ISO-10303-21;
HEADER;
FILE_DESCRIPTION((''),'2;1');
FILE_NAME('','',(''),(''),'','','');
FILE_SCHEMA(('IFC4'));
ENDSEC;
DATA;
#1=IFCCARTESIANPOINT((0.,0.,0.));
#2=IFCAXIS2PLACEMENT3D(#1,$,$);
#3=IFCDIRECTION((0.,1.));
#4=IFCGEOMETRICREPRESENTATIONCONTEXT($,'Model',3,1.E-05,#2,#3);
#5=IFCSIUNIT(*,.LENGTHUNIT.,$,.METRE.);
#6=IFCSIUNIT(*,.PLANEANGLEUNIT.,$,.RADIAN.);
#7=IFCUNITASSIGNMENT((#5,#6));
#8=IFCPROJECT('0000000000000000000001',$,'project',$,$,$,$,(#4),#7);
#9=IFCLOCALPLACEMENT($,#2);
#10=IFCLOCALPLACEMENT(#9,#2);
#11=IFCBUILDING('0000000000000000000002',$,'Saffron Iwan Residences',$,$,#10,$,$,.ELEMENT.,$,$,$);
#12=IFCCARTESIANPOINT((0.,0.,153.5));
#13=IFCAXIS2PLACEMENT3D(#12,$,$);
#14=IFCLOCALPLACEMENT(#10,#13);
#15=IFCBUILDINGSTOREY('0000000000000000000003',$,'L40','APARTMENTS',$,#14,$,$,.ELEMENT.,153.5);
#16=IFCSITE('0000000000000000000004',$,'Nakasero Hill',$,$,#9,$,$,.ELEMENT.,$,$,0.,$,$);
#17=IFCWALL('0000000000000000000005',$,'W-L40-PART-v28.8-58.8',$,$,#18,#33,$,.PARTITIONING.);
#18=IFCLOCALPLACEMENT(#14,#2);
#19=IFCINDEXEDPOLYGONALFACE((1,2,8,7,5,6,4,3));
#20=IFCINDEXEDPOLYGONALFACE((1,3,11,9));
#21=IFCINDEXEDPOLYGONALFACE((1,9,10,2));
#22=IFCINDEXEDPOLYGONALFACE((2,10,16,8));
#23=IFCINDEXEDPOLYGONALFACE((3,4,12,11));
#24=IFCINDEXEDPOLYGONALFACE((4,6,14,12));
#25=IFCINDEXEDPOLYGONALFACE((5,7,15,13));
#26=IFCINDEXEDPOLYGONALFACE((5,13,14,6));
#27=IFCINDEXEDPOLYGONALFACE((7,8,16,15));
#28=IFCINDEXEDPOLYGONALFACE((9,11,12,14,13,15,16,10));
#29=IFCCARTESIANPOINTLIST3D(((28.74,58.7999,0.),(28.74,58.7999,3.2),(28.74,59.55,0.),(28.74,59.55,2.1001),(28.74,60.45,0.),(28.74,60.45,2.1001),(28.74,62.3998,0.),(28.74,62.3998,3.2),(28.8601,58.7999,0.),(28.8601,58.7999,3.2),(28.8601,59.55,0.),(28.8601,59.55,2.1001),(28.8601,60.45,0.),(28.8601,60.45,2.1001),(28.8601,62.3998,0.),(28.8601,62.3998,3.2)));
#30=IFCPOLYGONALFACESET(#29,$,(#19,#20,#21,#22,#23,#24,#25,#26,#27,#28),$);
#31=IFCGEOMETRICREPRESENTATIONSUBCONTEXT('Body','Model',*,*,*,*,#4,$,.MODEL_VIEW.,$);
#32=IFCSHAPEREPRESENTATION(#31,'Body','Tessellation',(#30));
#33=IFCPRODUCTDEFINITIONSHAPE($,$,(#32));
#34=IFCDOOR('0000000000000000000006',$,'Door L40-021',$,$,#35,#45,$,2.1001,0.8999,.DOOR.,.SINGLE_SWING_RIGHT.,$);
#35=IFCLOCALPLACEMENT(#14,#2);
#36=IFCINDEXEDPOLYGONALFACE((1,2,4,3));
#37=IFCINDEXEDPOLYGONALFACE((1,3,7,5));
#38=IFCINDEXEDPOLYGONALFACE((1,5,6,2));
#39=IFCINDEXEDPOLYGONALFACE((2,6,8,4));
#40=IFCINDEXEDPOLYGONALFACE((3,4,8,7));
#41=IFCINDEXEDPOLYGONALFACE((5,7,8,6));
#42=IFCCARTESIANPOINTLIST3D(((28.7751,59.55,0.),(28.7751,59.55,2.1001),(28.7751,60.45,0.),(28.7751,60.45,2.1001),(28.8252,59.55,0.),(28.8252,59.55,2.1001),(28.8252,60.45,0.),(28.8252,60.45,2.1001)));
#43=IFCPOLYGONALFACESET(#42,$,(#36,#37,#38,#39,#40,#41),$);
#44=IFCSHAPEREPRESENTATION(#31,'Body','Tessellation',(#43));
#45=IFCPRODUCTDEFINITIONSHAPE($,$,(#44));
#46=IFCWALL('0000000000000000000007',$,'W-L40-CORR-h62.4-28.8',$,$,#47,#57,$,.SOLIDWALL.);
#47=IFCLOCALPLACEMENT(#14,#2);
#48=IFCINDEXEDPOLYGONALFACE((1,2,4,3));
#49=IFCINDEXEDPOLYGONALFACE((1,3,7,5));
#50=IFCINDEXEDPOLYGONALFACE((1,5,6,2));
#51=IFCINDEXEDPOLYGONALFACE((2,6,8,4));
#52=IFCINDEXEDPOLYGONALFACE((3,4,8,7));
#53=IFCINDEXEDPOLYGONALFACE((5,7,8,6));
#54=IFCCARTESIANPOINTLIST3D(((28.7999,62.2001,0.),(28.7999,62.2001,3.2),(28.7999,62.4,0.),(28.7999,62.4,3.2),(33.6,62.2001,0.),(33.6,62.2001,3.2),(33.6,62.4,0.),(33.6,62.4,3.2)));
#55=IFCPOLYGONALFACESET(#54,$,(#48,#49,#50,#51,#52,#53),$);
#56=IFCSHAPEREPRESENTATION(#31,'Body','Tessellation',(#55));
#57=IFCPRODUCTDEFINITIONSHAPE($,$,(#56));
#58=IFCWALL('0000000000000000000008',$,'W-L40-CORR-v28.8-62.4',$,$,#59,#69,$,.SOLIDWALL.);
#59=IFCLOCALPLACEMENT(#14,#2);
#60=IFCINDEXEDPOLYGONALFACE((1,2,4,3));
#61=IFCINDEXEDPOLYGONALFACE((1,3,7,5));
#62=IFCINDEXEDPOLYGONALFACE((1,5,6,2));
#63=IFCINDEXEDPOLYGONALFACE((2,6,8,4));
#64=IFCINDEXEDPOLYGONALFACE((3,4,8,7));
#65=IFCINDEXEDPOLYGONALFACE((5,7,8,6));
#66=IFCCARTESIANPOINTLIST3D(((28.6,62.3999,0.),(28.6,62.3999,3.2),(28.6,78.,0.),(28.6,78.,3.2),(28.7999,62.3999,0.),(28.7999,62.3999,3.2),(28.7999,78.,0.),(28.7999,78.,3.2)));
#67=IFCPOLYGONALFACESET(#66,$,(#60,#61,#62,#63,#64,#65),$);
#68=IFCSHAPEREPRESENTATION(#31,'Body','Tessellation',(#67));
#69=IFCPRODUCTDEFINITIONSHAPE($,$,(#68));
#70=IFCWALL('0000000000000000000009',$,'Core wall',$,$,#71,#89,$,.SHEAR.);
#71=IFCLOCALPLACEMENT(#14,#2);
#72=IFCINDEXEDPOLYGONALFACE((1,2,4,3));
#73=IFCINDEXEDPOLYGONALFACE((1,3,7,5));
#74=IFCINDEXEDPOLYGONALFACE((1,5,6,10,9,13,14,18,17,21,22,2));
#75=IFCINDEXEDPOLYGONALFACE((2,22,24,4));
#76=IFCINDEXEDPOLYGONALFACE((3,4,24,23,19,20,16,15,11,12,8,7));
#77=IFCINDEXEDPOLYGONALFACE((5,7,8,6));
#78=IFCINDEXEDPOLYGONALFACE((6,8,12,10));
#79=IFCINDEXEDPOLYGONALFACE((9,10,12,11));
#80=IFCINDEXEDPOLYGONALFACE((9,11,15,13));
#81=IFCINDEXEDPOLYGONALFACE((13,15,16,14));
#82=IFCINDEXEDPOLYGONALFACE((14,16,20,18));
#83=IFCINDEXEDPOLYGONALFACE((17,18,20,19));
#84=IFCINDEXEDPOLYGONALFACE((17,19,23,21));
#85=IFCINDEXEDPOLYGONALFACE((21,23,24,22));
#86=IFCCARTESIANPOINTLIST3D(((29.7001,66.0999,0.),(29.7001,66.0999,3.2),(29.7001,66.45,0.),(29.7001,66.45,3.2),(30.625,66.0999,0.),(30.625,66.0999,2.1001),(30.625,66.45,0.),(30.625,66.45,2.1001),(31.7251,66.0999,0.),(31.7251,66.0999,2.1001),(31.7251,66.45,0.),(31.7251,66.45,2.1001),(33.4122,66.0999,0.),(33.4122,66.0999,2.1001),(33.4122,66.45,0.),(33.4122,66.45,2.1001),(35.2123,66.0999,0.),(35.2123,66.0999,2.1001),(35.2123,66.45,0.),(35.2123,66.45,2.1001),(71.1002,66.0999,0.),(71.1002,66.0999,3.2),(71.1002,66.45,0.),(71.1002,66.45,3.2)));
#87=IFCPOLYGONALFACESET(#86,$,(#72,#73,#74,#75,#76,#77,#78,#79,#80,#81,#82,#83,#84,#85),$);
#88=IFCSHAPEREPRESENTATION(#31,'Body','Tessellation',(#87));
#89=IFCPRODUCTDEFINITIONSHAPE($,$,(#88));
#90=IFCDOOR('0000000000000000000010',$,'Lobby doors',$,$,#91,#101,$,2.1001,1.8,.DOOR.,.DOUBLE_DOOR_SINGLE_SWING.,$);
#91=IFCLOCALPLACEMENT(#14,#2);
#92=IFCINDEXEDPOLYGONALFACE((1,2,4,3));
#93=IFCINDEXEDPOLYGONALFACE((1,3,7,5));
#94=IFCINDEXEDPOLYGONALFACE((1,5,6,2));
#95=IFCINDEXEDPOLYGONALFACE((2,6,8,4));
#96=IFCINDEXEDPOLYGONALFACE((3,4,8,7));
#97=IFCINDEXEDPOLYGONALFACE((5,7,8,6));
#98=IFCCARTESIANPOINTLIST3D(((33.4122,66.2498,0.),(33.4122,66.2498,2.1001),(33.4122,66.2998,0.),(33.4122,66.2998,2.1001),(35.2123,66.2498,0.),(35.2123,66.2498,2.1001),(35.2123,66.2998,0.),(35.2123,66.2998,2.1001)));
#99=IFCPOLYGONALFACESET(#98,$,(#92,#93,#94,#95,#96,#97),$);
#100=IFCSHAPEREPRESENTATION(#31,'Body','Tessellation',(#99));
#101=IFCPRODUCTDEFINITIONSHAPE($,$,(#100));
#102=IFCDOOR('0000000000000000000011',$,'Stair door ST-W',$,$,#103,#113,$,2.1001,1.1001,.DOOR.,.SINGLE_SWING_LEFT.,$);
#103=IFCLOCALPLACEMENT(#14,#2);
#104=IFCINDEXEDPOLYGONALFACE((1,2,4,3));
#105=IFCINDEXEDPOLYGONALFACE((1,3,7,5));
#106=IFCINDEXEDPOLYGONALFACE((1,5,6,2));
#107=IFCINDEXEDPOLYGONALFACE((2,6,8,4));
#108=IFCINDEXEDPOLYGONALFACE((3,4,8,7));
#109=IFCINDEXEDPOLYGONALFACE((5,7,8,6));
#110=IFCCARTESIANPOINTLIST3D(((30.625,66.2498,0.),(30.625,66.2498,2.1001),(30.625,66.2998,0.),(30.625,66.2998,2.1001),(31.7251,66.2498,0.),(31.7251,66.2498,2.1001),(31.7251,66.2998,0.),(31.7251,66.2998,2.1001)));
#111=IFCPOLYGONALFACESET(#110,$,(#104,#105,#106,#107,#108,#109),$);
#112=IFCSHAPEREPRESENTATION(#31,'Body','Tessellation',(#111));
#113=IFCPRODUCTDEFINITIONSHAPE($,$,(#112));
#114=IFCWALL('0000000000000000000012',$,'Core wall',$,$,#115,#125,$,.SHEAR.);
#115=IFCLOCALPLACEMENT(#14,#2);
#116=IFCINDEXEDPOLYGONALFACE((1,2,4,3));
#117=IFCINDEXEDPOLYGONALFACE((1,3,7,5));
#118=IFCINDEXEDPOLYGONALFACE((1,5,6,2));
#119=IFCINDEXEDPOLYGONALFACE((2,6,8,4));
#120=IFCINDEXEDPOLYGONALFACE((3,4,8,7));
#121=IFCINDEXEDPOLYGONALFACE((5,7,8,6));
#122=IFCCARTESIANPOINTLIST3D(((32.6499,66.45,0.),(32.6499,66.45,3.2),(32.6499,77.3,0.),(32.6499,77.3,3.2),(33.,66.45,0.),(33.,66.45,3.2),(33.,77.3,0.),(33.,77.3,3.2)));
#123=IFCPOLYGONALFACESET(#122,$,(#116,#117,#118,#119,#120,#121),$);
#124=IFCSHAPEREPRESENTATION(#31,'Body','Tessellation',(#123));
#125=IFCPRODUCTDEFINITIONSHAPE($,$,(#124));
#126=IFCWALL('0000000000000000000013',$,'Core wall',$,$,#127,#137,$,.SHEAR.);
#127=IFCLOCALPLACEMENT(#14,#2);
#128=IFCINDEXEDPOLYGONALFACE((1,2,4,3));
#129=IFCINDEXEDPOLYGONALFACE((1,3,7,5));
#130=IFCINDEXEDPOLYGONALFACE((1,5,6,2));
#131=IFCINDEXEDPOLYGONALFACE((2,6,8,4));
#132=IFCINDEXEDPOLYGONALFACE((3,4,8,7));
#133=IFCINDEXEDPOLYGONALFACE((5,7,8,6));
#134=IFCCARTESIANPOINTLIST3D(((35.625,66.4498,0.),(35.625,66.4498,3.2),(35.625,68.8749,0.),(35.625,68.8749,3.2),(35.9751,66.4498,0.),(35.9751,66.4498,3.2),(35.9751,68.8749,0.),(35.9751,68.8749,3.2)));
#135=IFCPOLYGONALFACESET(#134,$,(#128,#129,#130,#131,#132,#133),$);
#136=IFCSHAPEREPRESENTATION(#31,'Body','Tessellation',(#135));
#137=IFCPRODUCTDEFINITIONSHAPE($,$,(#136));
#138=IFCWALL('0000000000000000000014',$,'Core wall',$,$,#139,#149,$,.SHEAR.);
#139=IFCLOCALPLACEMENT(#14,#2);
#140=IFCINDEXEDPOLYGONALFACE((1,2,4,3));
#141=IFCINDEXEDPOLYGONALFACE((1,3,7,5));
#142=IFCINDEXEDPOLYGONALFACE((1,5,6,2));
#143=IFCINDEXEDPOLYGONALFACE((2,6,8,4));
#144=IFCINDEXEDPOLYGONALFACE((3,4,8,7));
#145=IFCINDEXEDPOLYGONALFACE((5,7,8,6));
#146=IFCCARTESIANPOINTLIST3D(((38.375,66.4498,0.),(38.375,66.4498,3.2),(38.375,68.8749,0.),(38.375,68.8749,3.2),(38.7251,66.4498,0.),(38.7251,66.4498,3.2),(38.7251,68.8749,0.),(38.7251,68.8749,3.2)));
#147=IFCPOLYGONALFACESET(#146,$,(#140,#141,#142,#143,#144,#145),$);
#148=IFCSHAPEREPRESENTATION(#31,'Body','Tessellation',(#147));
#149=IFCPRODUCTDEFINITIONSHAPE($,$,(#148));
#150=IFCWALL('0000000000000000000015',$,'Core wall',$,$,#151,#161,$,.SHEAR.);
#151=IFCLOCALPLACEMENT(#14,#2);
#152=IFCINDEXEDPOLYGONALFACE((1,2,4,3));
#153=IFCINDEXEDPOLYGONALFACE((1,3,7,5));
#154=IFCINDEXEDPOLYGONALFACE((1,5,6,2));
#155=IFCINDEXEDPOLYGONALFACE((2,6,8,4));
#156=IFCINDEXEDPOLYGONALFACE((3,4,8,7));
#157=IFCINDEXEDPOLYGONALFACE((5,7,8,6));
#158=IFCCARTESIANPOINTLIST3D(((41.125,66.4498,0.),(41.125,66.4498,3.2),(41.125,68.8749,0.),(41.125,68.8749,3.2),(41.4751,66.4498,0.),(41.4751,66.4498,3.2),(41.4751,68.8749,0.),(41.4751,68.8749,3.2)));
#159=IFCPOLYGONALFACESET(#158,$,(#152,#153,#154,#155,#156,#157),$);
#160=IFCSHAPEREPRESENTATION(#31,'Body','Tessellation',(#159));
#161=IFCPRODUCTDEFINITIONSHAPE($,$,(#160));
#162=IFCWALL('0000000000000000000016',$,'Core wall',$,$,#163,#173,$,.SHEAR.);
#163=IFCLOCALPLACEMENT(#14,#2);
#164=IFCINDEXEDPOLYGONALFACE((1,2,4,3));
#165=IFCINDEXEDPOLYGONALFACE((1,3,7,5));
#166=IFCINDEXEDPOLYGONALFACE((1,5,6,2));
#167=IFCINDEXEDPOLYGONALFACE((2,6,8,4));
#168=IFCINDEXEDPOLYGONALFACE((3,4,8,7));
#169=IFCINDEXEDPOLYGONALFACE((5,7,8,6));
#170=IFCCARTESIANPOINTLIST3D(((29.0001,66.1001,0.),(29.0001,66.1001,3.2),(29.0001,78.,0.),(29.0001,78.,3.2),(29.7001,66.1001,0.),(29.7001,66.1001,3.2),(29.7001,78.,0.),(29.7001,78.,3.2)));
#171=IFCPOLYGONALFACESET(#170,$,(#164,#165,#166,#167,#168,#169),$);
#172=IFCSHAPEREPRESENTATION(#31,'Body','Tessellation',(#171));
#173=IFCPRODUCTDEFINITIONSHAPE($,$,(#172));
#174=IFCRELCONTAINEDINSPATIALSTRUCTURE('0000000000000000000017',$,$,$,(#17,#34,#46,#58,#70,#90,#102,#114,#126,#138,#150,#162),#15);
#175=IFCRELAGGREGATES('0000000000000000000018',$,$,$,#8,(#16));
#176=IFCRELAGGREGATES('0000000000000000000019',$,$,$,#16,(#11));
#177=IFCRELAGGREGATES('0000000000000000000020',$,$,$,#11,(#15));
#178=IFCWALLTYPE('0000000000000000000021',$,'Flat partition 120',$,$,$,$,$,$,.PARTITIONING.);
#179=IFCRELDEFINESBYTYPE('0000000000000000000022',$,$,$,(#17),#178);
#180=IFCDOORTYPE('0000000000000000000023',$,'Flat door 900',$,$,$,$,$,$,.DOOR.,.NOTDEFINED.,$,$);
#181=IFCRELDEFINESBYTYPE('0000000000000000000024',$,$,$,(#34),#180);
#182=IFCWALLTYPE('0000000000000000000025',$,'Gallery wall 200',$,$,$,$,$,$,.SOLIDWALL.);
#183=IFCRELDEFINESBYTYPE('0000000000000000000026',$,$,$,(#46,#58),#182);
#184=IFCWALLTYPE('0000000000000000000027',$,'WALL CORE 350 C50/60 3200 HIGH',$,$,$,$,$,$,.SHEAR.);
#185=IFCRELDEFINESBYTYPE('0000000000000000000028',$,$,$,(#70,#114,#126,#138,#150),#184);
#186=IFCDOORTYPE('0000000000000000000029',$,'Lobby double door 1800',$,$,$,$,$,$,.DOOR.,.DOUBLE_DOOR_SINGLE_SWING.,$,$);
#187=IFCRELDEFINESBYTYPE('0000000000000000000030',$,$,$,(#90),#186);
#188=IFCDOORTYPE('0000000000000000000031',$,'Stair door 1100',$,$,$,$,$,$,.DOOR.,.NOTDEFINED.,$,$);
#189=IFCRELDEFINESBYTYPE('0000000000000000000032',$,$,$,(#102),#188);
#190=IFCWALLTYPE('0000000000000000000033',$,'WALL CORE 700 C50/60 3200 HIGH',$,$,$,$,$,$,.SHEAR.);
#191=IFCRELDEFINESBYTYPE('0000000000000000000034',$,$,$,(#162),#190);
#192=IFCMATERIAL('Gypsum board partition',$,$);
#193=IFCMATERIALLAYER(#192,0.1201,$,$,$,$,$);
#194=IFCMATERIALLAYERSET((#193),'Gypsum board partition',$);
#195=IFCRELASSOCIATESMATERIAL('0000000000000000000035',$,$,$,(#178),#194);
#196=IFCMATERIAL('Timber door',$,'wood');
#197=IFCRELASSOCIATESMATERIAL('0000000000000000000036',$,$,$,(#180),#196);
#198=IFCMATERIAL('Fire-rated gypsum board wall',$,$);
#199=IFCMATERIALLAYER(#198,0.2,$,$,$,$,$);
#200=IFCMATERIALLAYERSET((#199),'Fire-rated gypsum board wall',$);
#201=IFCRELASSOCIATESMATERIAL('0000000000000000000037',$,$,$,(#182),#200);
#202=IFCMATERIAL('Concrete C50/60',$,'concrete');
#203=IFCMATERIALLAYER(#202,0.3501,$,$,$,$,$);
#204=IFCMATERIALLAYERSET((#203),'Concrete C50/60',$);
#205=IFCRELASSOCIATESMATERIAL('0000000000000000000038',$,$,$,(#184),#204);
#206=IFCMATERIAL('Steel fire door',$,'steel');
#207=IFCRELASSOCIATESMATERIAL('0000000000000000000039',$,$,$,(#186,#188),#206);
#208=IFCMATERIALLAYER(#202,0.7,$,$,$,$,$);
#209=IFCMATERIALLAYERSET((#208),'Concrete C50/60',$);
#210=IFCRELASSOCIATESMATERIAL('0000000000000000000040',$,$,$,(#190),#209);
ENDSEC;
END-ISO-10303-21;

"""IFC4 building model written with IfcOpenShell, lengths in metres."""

from ifc_helpers import new_model, si_unit, direction, frame, frame_2d, origin, place, context, subcontext, project, spatial, rectangle, extrude, material, layer, layer_set, type_object, element, fill, save


model = new_model("IFC4")

# Units and contexts
model_context = context("Model", 3, precision=1e-05, world=origin(), true_north=direction((0.0, 1.0)))
body_context = subcontext(model_context, "Body", "Model", "MODEL_VIEW")
ifc_project = project(units=[si_unit("LENGTHUNIT", "METRE"), si_unit("PLANEANGLEUNIT", "RADIAN")], contexts=[model_context])

# Site, building, storey
site_placement = place(None, origin())
site = spatial("IfcSite", under=ifc_project, at=site_placement, Name="Nakasero Hill", CompositionType="ELEMENT", RefElevation=0.0)
building_placement = place(site_placement, origin())
building = spatial("IfcBuilding", under=site, at=building_placement, Name="Saffron Iwan Residences", CompositionType="ELEMENT")
storey_placement = place(building_placement, frame((0.0, 0.0, 153.5)))
storey = spatial("IfcBuildingStorey", under=building, at=storey_placement, Name="L40", Description="APARTMENTS", CompositionType="ELEMENT", Elevation=153.5)

# Shared definitions
ifc_material_1 = material(Name="Concrete C50/60", Category="concrete")

# Shared definitions
ifc_material_2 = material(Name="Steel fire door", Category="steel")

# Shared definitions
ifc_material_3 = material(Name="Fire-rated gypsum board wall")
ifc_material_4 = material(Name="Gypsum board partition")
ifc_layer_1 = layer(ifc_material_4, 0.1201)
ifc_layer_set_1 = layer_set([ifc_layer_1], Name="Gypsum board partition")
wall_type_1 = type_object("IfcWallType", Name="Flat partition 120", PredefinedType="PARTITIONING", material=ifc_layer_set_1)

# Wall, opening, door
wall_1_placement = place(storey_placement, frame((28.8, 58.8, 0.0), z_axis=(0.0, 0.0, 1.0), x_axis=(0.0, 1.0, 0.0)))
wall_1 = element("IfcWall", 1, at=wall_1_placement, inside=storey, type_object=wall_type_1, Name="W-L40-PART-v28.8-58.8", PredefinedType="PARTITIONING", context=body_context, shape_type="SweptSolid", body=[
    extrude(rectangle(XDim=3.5999, YDim=0.1201, at=frame_2d((1.7998, 0.0))), origin(), (0.0, 0.0, 1.0), 3.2),
])
opening_1_placement = place(wall_1_placement, frame((0.75, 0.0, 0.0)))
opening_1 = element("IfcOpeningElement", 2, at=opening_1_placement, cuts=wall_1, PredefinedType="OPENING", context=body_context, shape_type="SweptSolid", body=[
    extrude(rectangle(XDim=0.8999, YDim=2.1001, at=frame_2d((0.45, 1.05))), frame((0.0, 0.0701, 0.0), z_axis=(0.0, -1.0, 0.0), x_axis=(1.0, 0.0, 0.0)), (0.0, 0.0, 1.0), 0.1401),
])
ifc_material_5 = material(Name="Timber door", Category="wood")
door_type_1 = type_object("IfcDoorType", Name="Flat door 900", OperationType="NOTDEFINED", PredefinedType="DOOR", material=ifc_material_5)
door_1_placement = place(opening_1_placement, origin())
door_1 = element("IfcDoor", 3, at=door_1_placement, inside=storey, type_object=door_type_1, Name="Door L40-021", OperationType="SINGLE_SWING_RIGHT", OverallHeight=2.1001, OverallWidth=0.8999, PredefinedType="DOOR", context=body_context, shape_type="SweptSolid", body=[
    extrude(rectangle(XDim=0.8999, YDim=2.1001, at=frame_2d((0.45, 1.05))), frame((0.0, 0.0249, 0.0), z_axis=(0.0, -1.0, 0.0), x_axis=(1.0, 0.0, 0.0)), (0.0, 0.0, 1.0), 0.05),
])
fill(opening_1, door_1)

# Walls
ifc_layer_2 = layer(ifc_material_3, 0.2)
ifc_layer_set_2 = layer_set([ifc_layer_2], Name="Fire-rated gypsum board wall")
wall_type_2 = type_object("IfcWallType", Name="Gallery wall 200", PredefinedType="SOLIDWALL", material=ifc_layer_set_2)
wall_2_placement = place(storey_placement, frame((28.8, 62.3, 0.0), z_axis=(0.0, 0.0, 1.0), x_axis=(1.0, 0.0, 0.0)))
element("IfcWall", 4, at=wall_2_placement, inside=storey, type_object=wall_type_2, Name="W-L40-CORR-h62.4-28.8", PredefinedType="SOLIDWALL", context=body_context, shape_type="SweptSolid", body=[
    extrude(rectangle(XDim=4.8, YDim=0.2, at=frame_2d((2.3999, 0.0))), origin(), (0.0, 0.0, 1.0), 3.2),
])
wall_3_placement = place(storey_placement, frame((28.7, 62.3999, 0.0), z_axis=(0.0, 0.0, 1.0), x_axis=(0.0, 1.0, 0.0)))
element("IfcWall", 5, at=wall_3_placement, inside=storey, type_object=wall_type_2, Name="W-L40-CORR-v28.8-62.4", PredefinedType="SOLIDWALL", context=body_context, shape_type="SweptSolid", body=[
    extrude(rectangle(XDim=15.6001, YDim=0.2, at=frame_2d((7.8, 0.0))), origin(), (0.0, 0.0, 1.0), 3.2),
])

# Wall, openings, doors
ifc_layer_3 = layer(ifc_material_1, 0.3501)
ifc_layer_set_3 = layer_set([ifc_layer_3], Name="Concrete C50/60")
wall_type_3 = type_object("IfcWallType", Name="WALL CORE 350 C50/60 3200 HIGH", PredefinedType="SHEAR", material=ifc_layer_set_3)
wall_4_placement = place(storey_placement, frame((29.7, 66.2749, 0.0), z_axis=(0.0, 0.0, 1.0), x_axis=(1.0, 0.0, 0.0)))
wall_4 = element("IfcWall", 6, at=wall_4_placement, inside=storey, type_object=wall_type_3, Name="Core wall", PredefinedType="SHEAR", context=body_context, shape_type="SweptSolid", body=[
    extrude(rectangle(XDim=41.4001, YDim=0.3501, at=frame_2d((20.7002, 0.0))), origin(), (0.0, 0.0, 1.0), 3.2),
])
opening_2_placement = place(wall_4_placement, frame((0.925, 0.0, 0.0)))
opening_2 = element("IfcOpeningElement", 7, at=opening_2_placement, cuts=wall_4, PredefinedType="OPENING", context=body_context, shape_type="SweptSolid", body=[
    extrude(rectangle(XDim=1.1001, YDim=2.1001, at=frame_2d((0.55, 1.05))), frame((0.0, 0.1851, 0.0), z_axis=(0.0, -1.0, 0.0), x_axis=(1.0, 0.0, 0.0)), (0.0, 0.0, 1.0), 0.3701),
])
opening_3_placement = place(wall_4_placement, frame((3.7124, 0.0, 0.0)))
opening_3 = element("IfcOpeningElement", 8, at=opening_3_placement, cuts=wall_4, PredefinedType="OPENING", context=body_context, shape_type="SweptSolid", body=[
    extrude(rectangle(XDim=1.8, YDim=2.1001, at=frame_2d((0.8999, 1.05))), frame((0.0, 0.1851, 0.0), z_axis=(0.0, -1.0, 0.0), x_axis=(1.0, 0.0, 0.0)), (0.0, 0.0, 1.0), 0.3701),
])
door_type_2 = type_object("IfcDoorType", Name="Lobby double door 1800", OperationType="DOUBLE_DOOR_SINGLE_SWING", PredefinedType="DOOR", material=ifc_material_2)
door_2_placement = place(opening_3_placement, origin())
door_2 = element("IfcDoor", 9, at=door_2_placement, inside=storey, type_object=door_type_2, Name="Lobby doors", OperationType="DOUBLE_DOOR_SINGLE_SWING", OverallHeight=2.1001, OverallWidth=1.8, PredefinedType="DOOR", context=body_context, shape_type="SweptSolid", body=[
    extrude(rectangle(XDim=1.8, YDim=2.1001, at=frame_2d((0.8999, 1.05))), frame((0.0, 0.0249, 0.0), z_axis=(0.0, -1.0, 0.0), x_axis=(1.0, 0.0, 0.0)), (0.0, 0.0, 1.0), 0.05),
])
fill(opening_3, door_2)
door_type_3 = type_object("IfcDoorType", Name="Stair door 1100", OperationType="NOTDEFINED", PredefinedType="DOOR", material=ifc_material_2)
door_3_placement = place(opening_2_placement, origin())
door_3 = element("IfcDoor", 10, at=door_3_placement, inside=storey, type_object=door_type_3, Name="Stair door ST-W", OperationType="SINGLE_SWING_LEFT", OverallHeight=2.1001, OverallWidth=1.1001, PredefinedType="DOOR", context=body_context, shape_type="SweptSolid", body=[
    extrude(rectangle(XDim=1.1001, YDim=2.1001, at=frame_2d((0.55, 1.05))), frame((0.0, 0.0249, 0.0), z_axis=(0.0, -1.0, 0.0), x_axis=(1.0, 0.0, 0.0)), (0.0, 0.0, 1.0), 0.05),
])
fill(opening_2, door_3)

# Walls
wall_5_placement = place(storey_placement, frame((32.825, 66.45, 0.0), z_axis=(0.0, 0.0, 1.0), x_axis=(0.0, 1.0, 0.0)))
element("IfcWall", 11, at=wall_5_placement, inside=storey, type_object=wall_type_3, Name="Core wall", PredefinedType="SHEAR", context=body_context, shape_type="SweptSolid", body=[
    extrude(rectangle(XDim=10.8501, YDim=0.3501, at=frame_2d((5.425, 0.0))), origin(), (0.0, 0.0, 1.0), 3.2),
])
for number, where, z_axis, x_axis, name in (
    (12, (35.8, 66.45, 0.0), (0.0, 0.0, 1.0), (0.0, 1.0, 0.0), "Core wall"),
    (13, (38.55, 66.45, 0.0), (0.0, 0.0, 1.0), (0.0, 1.0, 0.0), "Core wall"),
    (14, (41.3, 66.45, 0.0), (0.0, 0.0, 1.0), (0.0, 1.0, 0.0), "Core wall"),
):
    element("IfcWall", number, at=place(storey_placement, frame(where, z_axis=z_axis, x_axis=x_axis)), inside=storey, type_object=wall_type_3, Name=name, PredefinedType="SHEAR", context=body_context, shape_type="SweptSolid", body=[
        extrude(rectangle(XDim=2.425, YDim=0.3501, at=frame_2d((1.2124, 0.0))), origin(), (0.0, 0.0, 1.0), 3.2),
    ])
ifc_layer_4 = layer(ifc_material_1, 0.7)
ifc_layer_set_4 = layer_set([ifc_layer_4], Name="Concrete C50/60")
wall_type_4 = type_object("IfcWallType", Name="WALL CORE 700 C50/60 3200 HIGH", PredefinedType="SHEAR", material=ifc_layer_set_4)
wall_6_placement = place(storey_placement, frame((29.3501, 66.1001, 0.0), z_axis=(0.0, 0.0, 1.0), x_axis=(0.0, 1.0, 0.0)))
element("IfcWall", 15, at=wall_6_placement, inside=storey, type_object=wall_type_4, Name="Core wall", PredefinedType="SHEAR", context=body_context, shape_type="SweptSolid", body=[
    extrude(rectangle(XDim=11.8999, YDim=0.7, at=frame_2d((5.95, 0.0))), origin(), (0.0, 0.0, 1.0), 3.2),
])

save(model, "model.ifc")
